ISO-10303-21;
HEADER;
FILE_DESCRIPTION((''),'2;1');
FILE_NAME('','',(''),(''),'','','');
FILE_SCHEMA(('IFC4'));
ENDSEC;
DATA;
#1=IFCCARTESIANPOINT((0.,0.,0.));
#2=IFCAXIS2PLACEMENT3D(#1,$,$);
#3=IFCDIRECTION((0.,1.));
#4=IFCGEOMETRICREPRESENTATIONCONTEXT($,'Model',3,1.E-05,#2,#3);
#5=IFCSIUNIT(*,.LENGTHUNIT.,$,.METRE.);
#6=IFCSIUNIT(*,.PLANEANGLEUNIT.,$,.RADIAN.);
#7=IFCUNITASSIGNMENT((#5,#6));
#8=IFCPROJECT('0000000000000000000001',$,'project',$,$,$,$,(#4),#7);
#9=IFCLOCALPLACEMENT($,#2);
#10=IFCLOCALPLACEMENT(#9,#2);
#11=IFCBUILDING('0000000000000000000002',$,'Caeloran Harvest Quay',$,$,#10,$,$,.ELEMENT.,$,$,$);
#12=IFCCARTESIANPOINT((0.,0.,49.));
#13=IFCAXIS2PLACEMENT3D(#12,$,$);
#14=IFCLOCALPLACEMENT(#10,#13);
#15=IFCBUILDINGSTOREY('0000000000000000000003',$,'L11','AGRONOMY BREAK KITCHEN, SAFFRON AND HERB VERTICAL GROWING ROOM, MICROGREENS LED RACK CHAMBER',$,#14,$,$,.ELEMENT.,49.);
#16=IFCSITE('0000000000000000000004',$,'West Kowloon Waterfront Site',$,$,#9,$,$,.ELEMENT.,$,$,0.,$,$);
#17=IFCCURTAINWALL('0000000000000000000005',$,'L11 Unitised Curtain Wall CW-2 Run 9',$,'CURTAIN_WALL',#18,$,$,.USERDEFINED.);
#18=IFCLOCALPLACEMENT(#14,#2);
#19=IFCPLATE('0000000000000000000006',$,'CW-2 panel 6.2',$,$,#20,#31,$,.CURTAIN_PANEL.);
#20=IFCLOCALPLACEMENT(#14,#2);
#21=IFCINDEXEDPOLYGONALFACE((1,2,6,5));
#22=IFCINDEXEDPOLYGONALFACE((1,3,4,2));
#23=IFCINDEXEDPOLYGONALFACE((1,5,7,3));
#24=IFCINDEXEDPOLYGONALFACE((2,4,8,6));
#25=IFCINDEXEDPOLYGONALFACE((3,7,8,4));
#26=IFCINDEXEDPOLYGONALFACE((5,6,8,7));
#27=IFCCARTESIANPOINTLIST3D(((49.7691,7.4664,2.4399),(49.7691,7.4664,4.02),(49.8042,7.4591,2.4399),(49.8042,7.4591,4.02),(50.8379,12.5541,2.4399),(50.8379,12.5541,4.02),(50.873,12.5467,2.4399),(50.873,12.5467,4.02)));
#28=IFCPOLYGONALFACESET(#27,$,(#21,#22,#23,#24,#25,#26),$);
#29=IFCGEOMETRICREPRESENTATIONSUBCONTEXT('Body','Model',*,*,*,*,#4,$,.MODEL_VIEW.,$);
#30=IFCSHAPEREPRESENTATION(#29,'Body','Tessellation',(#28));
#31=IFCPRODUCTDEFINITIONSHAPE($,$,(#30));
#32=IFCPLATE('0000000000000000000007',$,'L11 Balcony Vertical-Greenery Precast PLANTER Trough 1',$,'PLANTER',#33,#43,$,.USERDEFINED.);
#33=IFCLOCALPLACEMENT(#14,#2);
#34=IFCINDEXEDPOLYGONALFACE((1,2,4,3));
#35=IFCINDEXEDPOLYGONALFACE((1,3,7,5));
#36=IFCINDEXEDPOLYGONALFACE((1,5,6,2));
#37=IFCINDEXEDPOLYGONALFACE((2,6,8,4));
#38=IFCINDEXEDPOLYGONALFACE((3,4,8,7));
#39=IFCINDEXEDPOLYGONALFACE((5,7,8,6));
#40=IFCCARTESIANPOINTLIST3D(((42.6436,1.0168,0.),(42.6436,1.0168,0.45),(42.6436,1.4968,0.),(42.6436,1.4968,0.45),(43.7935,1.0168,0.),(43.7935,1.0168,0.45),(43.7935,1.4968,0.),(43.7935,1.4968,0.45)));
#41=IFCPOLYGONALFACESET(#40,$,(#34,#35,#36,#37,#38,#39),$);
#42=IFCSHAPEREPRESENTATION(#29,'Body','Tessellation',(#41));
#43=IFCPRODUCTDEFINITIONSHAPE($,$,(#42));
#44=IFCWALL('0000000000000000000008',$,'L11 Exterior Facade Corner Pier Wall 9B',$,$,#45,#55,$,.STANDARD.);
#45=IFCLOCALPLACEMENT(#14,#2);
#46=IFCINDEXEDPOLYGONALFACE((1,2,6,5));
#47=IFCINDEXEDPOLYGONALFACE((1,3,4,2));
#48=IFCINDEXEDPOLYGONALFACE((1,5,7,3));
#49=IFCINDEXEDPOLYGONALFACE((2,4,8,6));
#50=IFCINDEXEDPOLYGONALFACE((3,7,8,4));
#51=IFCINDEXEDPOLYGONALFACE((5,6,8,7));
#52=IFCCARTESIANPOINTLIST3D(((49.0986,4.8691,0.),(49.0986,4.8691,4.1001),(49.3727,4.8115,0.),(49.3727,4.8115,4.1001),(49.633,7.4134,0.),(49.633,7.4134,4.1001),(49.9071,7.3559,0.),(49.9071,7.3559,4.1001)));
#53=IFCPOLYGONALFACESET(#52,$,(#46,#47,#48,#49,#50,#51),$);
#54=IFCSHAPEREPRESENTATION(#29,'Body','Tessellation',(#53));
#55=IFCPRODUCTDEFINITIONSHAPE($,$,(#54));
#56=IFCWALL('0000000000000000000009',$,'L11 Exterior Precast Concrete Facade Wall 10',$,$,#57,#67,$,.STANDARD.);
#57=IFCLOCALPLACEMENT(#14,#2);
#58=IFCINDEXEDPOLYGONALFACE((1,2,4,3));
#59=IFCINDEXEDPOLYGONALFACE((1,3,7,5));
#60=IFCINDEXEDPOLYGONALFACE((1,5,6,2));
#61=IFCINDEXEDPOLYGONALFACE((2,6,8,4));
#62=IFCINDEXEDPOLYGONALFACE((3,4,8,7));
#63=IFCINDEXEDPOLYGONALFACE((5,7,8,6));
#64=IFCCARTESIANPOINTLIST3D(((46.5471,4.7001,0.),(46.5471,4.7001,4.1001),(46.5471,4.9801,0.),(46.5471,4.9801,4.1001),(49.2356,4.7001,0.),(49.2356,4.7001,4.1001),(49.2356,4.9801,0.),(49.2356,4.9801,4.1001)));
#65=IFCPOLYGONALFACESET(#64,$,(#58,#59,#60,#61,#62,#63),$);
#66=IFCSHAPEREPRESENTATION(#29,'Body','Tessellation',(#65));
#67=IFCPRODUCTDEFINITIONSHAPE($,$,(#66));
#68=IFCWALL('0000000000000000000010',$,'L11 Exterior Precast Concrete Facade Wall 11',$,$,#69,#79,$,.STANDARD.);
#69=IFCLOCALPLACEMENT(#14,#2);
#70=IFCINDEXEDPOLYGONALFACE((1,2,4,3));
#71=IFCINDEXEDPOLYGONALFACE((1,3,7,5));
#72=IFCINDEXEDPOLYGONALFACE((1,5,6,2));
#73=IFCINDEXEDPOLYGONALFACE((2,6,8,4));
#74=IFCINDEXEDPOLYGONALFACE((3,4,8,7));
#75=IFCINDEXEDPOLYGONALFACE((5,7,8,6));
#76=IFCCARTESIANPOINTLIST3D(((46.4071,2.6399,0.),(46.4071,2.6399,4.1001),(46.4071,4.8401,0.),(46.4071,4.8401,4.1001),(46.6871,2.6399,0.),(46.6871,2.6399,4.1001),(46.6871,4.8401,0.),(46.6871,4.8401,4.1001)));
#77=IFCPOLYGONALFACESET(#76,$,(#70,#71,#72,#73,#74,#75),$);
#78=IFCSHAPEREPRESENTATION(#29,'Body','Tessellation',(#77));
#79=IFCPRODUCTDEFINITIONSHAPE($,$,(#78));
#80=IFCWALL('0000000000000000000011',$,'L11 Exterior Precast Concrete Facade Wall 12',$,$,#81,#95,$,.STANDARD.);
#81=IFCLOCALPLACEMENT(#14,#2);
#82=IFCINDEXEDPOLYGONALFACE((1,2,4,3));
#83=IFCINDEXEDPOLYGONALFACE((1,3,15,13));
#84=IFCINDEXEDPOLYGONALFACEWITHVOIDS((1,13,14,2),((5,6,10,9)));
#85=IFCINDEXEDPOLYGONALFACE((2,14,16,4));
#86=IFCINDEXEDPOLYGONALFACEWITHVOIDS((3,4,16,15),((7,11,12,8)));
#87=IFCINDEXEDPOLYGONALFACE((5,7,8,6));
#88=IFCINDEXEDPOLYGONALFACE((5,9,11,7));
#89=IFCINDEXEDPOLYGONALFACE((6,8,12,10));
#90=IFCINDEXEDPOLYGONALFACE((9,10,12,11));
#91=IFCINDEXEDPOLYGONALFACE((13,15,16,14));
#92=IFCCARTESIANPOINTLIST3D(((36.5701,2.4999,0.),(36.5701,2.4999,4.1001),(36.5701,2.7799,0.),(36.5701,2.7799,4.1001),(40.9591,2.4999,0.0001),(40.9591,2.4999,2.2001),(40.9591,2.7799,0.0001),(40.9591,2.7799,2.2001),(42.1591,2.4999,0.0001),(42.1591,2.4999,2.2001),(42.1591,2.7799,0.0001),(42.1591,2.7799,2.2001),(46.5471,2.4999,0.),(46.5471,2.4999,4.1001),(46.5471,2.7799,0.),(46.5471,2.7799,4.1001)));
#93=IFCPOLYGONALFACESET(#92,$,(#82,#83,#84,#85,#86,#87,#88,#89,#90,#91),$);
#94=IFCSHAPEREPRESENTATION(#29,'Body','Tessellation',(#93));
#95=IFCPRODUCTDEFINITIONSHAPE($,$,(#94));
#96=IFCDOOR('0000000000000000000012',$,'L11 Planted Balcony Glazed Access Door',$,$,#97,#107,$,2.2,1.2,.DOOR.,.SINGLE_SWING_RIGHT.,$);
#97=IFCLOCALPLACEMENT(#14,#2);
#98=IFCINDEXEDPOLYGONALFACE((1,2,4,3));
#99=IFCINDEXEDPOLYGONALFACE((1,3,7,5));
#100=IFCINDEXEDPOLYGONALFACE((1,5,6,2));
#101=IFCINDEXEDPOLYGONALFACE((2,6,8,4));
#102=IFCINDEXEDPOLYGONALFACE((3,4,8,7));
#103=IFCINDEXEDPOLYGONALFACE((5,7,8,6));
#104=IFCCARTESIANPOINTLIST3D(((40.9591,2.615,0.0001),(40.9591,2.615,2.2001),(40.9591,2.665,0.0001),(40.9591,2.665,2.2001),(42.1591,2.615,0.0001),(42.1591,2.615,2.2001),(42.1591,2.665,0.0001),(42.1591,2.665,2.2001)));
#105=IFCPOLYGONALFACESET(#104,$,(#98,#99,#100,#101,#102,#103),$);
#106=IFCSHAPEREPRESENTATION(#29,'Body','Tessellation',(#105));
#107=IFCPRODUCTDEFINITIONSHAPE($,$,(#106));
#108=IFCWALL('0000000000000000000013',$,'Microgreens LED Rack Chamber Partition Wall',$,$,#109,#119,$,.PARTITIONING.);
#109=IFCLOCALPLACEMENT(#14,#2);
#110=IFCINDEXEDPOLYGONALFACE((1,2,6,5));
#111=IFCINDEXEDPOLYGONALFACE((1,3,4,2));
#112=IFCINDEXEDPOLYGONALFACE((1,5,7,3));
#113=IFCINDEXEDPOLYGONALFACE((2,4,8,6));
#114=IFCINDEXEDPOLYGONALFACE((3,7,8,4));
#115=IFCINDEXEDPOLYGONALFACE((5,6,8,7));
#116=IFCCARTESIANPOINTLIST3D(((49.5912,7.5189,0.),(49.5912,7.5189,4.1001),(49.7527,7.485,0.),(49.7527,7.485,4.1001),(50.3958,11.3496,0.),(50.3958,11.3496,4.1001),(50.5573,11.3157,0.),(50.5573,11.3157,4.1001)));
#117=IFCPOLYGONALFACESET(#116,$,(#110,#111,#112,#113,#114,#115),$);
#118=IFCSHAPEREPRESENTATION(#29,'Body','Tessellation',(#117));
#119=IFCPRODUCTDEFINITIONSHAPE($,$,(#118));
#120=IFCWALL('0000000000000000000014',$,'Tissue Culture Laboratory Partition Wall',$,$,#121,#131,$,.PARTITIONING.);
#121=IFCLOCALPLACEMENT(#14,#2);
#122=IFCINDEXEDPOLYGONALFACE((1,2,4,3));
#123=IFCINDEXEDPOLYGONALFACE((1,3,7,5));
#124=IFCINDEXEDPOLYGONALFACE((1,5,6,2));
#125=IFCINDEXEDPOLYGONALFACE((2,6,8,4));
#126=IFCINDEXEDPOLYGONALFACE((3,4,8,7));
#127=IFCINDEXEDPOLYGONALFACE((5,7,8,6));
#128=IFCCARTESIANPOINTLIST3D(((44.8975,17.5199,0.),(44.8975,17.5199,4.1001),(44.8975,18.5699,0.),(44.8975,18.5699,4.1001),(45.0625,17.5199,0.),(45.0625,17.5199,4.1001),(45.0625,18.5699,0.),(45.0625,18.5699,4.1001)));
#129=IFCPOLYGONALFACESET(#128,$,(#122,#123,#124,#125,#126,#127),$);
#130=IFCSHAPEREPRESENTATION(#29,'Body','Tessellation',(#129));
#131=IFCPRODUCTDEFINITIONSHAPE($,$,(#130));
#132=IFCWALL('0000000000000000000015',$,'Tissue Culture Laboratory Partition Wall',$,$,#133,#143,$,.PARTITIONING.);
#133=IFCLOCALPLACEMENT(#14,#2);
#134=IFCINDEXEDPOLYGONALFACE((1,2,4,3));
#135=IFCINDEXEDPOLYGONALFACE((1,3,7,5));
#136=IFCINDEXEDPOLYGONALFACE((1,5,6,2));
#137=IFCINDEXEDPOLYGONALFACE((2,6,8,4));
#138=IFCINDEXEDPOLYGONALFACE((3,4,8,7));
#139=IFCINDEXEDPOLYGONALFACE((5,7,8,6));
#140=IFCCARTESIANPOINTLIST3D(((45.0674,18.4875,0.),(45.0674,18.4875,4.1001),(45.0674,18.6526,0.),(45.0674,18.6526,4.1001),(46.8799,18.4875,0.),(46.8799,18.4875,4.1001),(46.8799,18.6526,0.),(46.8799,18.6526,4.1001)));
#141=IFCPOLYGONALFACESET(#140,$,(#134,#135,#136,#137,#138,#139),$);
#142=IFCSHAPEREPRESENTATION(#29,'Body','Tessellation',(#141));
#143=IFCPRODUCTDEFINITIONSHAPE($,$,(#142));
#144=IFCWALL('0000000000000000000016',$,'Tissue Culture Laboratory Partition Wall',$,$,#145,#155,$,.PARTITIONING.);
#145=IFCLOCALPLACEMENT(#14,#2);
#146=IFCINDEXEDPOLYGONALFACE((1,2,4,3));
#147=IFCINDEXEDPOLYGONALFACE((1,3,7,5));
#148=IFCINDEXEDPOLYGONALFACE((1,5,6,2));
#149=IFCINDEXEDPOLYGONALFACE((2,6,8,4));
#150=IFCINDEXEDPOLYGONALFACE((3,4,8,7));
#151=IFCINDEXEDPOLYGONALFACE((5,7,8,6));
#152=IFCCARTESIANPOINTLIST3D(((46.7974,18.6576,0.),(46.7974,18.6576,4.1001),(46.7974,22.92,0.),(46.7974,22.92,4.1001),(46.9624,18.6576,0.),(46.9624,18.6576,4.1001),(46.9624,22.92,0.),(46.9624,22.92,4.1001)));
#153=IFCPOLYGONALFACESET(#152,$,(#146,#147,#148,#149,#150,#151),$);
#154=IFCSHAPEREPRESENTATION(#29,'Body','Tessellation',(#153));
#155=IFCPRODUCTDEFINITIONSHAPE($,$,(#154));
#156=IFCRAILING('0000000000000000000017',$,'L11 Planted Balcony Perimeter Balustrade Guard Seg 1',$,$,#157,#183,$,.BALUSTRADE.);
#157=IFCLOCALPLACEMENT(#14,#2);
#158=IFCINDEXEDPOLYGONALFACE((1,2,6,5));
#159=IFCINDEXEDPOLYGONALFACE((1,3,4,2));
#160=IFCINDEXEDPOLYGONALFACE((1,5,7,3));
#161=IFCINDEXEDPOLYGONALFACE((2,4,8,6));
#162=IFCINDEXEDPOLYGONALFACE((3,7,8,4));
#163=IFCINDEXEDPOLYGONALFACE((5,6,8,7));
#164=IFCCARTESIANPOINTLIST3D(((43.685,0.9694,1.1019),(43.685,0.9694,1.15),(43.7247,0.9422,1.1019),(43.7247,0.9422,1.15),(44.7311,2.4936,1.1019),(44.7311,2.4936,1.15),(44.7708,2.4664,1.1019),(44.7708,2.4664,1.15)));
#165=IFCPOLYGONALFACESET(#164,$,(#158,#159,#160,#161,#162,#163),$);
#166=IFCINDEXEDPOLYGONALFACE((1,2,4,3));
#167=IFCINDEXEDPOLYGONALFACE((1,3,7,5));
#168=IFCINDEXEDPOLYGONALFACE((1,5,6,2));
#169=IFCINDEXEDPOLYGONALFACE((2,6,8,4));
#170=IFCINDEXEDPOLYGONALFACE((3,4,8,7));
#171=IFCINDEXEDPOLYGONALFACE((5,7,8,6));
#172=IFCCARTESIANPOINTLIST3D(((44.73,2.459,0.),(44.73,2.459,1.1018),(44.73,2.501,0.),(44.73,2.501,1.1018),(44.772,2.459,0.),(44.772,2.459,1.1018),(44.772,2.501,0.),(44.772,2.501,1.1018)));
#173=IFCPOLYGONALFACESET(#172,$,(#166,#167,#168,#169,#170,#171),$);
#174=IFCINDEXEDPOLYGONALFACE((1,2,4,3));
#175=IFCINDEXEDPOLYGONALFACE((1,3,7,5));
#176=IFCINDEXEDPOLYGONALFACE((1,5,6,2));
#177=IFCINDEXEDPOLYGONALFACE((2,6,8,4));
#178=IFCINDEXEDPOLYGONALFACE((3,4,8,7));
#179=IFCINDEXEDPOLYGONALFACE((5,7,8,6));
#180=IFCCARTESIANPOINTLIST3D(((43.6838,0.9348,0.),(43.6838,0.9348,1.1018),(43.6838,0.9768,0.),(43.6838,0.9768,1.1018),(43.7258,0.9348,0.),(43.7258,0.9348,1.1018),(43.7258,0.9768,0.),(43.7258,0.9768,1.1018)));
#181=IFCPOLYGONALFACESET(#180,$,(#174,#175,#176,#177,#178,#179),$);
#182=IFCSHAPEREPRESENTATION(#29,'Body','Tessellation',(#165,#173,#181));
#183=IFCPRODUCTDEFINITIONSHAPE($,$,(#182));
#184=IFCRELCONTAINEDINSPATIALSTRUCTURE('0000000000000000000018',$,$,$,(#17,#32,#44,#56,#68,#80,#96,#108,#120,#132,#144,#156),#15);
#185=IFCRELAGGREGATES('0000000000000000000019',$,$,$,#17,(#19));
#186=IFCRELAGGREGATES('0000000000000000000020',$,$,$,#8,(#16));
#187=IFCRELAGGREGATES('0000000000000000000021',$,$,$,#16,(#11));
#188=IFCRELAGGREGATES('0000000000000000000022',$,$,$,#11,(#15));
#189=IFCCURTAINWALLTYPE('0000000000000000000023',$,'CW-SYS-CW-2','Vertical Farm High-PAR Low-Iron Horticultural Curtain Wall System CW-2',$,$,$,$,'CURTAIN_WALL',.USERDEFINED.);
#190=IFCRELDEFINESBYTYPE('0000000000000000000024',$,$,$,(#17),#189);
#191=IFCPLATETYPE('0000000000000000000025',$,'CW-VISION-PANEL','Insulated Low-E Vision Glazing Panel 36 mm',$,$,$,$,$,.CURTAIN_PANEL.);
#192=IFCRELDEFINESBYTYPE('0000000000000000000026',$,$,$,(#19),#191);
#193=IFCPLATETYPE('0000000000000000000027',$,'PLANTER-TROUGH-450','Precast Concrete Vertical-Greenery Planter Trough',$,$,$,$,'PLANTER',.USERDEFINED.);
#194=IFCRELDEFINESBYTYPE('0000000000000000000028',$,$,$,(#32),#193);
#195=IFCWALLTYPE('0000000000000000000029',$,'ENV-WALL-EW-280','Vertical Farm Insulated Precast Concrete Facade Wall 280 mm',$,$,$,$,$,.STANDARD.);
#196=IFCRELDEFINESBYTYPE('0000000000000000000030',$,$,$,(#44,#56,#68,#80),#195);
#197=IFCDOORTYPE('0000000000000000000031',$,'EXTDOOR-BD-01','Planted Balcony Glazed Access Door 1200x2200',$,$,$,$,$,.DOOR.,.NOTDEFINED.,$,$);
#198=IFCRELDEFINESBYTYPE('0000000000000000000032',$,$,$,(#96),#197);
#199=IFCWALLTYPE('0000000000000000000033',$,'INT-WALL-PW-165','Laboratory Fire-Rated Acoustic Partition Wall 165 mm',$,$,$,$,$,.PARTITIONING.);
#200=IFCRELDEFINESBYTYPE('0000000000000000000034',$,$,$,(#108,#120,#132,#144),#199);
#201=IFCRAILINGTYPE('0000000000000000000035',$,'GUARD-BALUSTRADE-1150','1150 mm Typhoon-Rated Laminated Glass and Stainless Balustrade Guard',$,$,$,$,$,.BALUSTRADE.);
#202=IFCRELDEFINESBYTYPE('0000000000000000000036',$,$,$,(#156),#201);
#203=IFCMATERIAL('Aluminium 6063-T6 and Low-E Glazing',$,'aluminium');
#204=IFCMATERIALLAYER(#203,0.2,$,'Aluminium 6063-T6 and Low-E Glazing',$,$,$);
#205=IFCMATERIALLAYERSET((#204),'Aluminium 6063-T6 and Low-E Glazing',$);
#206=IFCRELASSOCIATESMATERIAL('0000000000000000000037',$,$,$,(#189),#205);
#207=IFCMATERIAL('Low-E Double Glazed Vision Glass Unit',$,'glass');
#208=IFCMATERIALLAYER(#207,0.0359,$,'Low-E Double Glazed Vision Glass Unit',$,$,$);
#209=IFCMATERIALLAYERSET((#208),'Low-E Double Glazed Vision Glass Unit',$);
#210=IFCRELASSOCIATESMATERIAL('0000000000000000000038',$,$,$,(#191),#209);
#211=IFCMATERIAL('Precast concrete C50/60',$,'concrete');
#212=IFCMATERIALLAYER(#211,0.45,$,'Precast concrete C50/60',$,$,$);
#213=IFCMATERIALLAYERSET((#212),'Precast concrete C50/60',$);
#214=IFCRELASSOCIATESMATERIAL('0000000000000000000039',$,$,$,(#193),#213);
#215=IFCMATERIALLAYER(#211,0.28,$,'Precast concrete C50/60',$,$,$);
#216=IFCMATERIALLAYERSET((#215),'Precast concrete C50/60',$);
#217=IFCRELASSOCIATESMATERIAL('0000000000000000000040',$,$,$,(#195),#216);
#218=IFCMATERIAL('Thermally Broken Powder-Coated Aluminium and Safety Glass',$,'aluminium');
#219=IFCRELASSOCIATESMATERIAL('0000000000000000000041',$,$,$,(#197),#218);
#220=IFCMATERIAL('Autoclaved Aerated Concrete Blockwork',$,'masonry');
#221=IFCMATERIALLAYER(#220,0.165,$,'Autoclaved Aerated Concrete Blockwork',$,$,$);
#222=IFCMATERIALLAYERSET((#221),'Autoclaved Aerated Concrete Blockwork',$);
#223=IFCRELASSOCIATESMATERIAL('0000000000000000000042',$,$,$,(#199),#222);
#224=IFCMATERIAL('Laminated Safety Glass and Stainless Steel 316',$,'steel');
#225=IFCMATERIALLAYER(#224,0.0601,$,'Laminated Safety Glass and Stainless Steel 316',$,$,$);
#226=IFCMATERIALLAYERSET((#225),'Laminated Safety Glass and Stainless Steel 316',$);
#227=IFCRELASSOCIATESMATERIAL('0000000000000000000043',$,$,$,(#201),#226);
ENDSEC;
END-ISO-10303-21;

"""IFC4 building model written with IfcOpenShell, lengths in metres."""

from ifc_helpers import new_model, si_unit, direction, frame, frame_2d, origin, origin_2d, place, context, subcontext, project, spatial, rectangle, extrude, material, layer, layer_set, type_object, element, fill, aggregate, save


model = new_model("IFC4")

# Units and contexts
model_context = context("Model", 3, precision=1e-05, world=origin(), true_north=direction((0.0, 1.0)))
body_context = subcontext(model_context, "Body", "Model", "MODEL_VIEW")
ifc_project = project(units=[si_unit("LENGTHUNIT", "METRE"), si_unit("PLANEANGLEUNIT", "RADIAN")], contexts=[model_context])

# Site, building, storey
site_placement = place(None, origin())
site = spatial("IfcSite", under=ifc_project, at=site_placement, Name="West Kowloon Waterfront Site", CompositionType="ELEMENT", RefElevation=0.0)
building_placement = place(site_placement, origin())
building = spatial("IfcBuilding", under=site, at=building_placement, Name="Caeloran Harvest Quay", CompositionType="ELEMENT")
storey_placement = place(building_placement, frame((0.0, 0.0, 49.0)))
storey = spatial("IfcBuildingStorey", under=building, at=storey_placement, Name="L11", Description="AGRONOMY BREAK KITCHEN, SAFFRON AND HERB VERTICAL GROWING ROOM, MICROGREENS LED RACK CHAMBER", CompositionType="ELEMENT", Elevation=49.0)

# Curtain wall, plate
ifc_material_1 = material(Name="Aluminium 6063-T6 and Low-E Glazing", Category="aluminium")
ifc_layer_1 = layer(ifc_material_1, 0.2, Name="Aluminium 6063-T6 and Low-E Glazing")
ifc_layer_set_1 = layer_set([ifc_layer_1], Name="Aluminium 6063-T6 and Low-E Glazing")
curtain_wall_type = type_object("IfcCurtainWallType", Name="CW-SYS-CW-2", Description="Vertical Farm High-PAR Low-Iron Horticultural Curtain Wall System CW-2", ElementType="CURTAIN_WALL", PredefinedType="USERDEFINED", material=ifc_layer_set_1)
curtain_wall_placement = place(storey_placement, origin())
curtain_wall = element("IfcCurtainWall", 1, at=curtain_wall_placement, inside=storey, type_object=curtain_wall_type, Name="L11 Unitised Curtain Wall CW-2 Run 9", ObjectType="CURTAIN_WALL", PredefinedType="USERDEFINED")
ifc_material_2 = material(Name="Low-E Double Glazed Vision Glass Unit", Category="glass")
ifc_layer_2 = layer(ifc_material_2, 0.0359, Name="Low-E Double Glazed Vision Glass Unit")
ifc_layer_set_2 = layer_set([ifc_layer_2], Name="Low-E Double Glazed Vision Glass Unit")
plate_type_1 = type_object("IfcPlateType", Name="CW-VISION-PANEL", Description="Insulated Low-E Vision Glazing Panel 36 mm", PredefinedType="CURTAIN_PANEL", material=ifc_layer_set_2)
plate_1_placement = place(storey_placement, frame((50.321, 10.0066, 2.4399), z_axis=(0.0, 0.0, 1.0), x_axis=(-0.205583, -0.97864, 0.0)))
plate_1 = element("IfcPlate", 2, at=plate_1_placement, type_object=plate_type_1, Name="CW-2 panel 6.2", PredefinedType="CURTAIN_PANEL", context=body_context, shape_type="SweptSolid", body=[
    extrude(rectangle(XDim=5.1987, YDim=0.0359, at=origin_2d()), origin(), (0.0, 0.0, 1.0), 1.5801),
])
aggregate(curtain_wall, [plate_1])

# Plate
ifc_material_3 = material(Name="Precast concrete C50/60", Category="concrete")
ifc_layer_3 = layer(ifc_material_3, 0.45, Name="Precast concrete C50/60")
ifc_layer_set_3 = layer_set([ifc_layer_3], Name="Precast concrete C50/60")
plate_type_2 = type_object("IfcPlateType", Name="PLANTER-TROUGH-450", Description="Precast Concrete Vertical-Greenery Planter Trough", ElementType="PLANTER", PredefinedType="USERDEFINED", material=ifc_layer_set_3)
plate_2_placement = place(storey_placement, frame((43.2185, 1.2568, 0.0), z_axis=(0.0, 0.0, 1.0), x_axis=(1.0, 0.0, 0.0)))
element("IfcPlate", 3, at=plate_2_placement, inside=storey, type_object=plate_type_2, Name="L11 Balcony Vertical-Greenery Precast PLANTER Trough 1", ObjectType="PLANTER", PredefinedType="USERDEFINED", context=body_context, shape_type="SweptSolid", body=[
    extrude(rectangle(XDim=1.1499, YDim=0.48, at=origin_2d()), origin(), (0.0, 0.0, 1.0), 0.45),
])

# Walls
ifc_layer_4 = layer(ifc_material_3, 0.28, Name="Precast concrete C50/60")
ifc_layer_set_4 = layer_set([ifc_layer_4], Name="Precast concrete C50/60")
wall_type_1 = type_object("IfcWallType", Name="ENV-WALL-EW-280", Description="Vertical Farm Insulated Precast Concrete Facade Wall 280 mm", PredefinedType="STANDARD", material=ifc_layer_set_4)
wall_1_placement = place(storey_placement, frame((49.77, 7.3845, 0.0), z_axis=(0.0, 0.0, 1.0), x_axis=(-0.205551, -0.978646, 0.0)))
element("IfcWall", 4, at=wall_1_placement, inside=storey, type_object=wall_type_1, Name="L11 Exterior Facade Corner Pier Wall 9B", PredefinedType="STANDARD", context=body_context, shape_type="SweptSolid", body=[
    extrude(rectangle(XDim=2.5999, YDim=0.28, at=frame_2d((1.2998, 0.0))), origin(), (0.0, 0.0, 1.0), 4.1001),
])
wall_2_placement = place(storey_placement, frame((49.2356, 4.8401, 0.0), z_axis=(0.0, 0.0, 1.0), x_axis=(-1.0, 0.0, 0.0)))
element("IfcWall", 5, at=wall_2_placement, inside=storey, type_object=wall_type_1, Name="L11 Exterior Precast Concrete Facade Wall 10", PredefinedType="STANDARD", context=body_context, shape_type="SweptSolid", body=[
    extrude(rectangle(XDim=2.6885, YDim=0.28, at=frame_2d((1.3442, 0.0))), origin(), (0.0, 0.0, 1.0), 4.1001),
])
wall_3_placement = place(storey_placement, frame((46.5471, 4.8401, 0.0), z_axis=(0.0, 0.0, 1.0), x_axis=(0.0, -1.0, 0.0)))
element("IfcWall", 6, at=wall_3_placement, inside=storey, type_object=wall_type_1, Name="L11 Exterior Precast Concrete Facade Wall 11", PredefinedType="STANDARD", context=body_context, shape_type="SweptSolid", body=[
    extrude(rectangle(XDim=2.2002, YDim=0.28, at=frame_2d((1.1001, 0.0))), origin(), (0.0, 0.0, 1.0), 4.1001),
])

# Wall, opening, door
wall_4_placement = place(storey_placement, frame((46.5471, 2.6399, 0.0), z_axis=(0.0, 0.0, 1.0), x_axis=(-1.0, 0.0, 0.0)))
wall_4 = element("IfcWall", 7, at=wall_4_placement, inside=storey, type_object=wall_type_1, Name="L11 Exterior Precast Concrete Facade Wall 12", PredefinedType="STANDARD", context=body_context, shape_type="SweptSolid", body=[
    extrude(rectangle(XDim=9.9771, YDim=0.28, at=frame_2d((4.9885, 0.0))), origin(), (0.0, 0.0, 1.0), 4.1001),
])
opening_placement = place(wall_4_placement, frame((4.3879, 0.0, 0.0)))
opening = element("IfcOpeningElement", 8, at=opening_placement, cuts=wall_4, PredefinedType="OPENING", context=body_context, shape_type="SweptSolid", body=[
    extrude(rectangle(XDim=1.2, YDim=2.2, at=frame_2d((0.6001, 1.1001))), frame((0.0, 0.1499, 0.0), z_axis=(0.0, -1.0, 0.0), x_axis=(1.0, 0.0, 0.0)), (0.0, 0.0, 1.0), 0.3),
])
ifc_material_4 = material(Name="Thermally Broken Powder-Coated Aluminium and Safety Glass", Category="aluminium")
door_type = type_object("IfcDoorType", Name="EXTDOOR-BD-01", Description="Planted Balcony Glazed Access Door 1200x2200", OperationType="NOTDEFINED", PredefinedType="DOOR", material=ifc_material_4)
door_placement = place(opening_placement, origin())
door = element("IfcDoor", 9, at=door_placement, inside=storey, type_object=door_type, Name="L11 Planted Balcony Glazed Access Door", OperationType="SINGLE_SWING_RIGHT", OverallHeight=2.2, OverallWidth=1.2, PredefinedType="DOOR", context=body_context, shape_type="SweptSolid", body=[
    extrude(rectangle(XDim=1.2, YDim=2.2, at=frame_2d((0.6001, 1.1001))), frame((0.0, 0.0249, 0.0), z_axis=(0.0, -1.0, 0.0), x_axis=(1.0, 0.0, 0.0)), (0.0, 0.0, 1.0), 0.05),
])
fill(opening, door)

# Walls
ifc_material_5 = material(Name="Autoclaved Aerated Concrete Blockwork", Category="masonry")
ifc_layer_5 = layer(ifc_material_5, 0.165, Name="Autoclaved Aerated Concrete Blockwork")
ifc_layer_set_5 = layer_set([ifc_layer_5], Name="Autoclaved Aerated Concrete Blockwork")
wall_type_2 = type_object("IfcWallType", Name="INT-WALL-PW-165", Description="Laboratory Fire-Rated Acoustic Partition Wall 165 mm", PredefinedType="PARTITIONING", material=ifc_layer_set_5)
wall_5_placement = place(storey_placement, frame((50.4766, 11.3325, 0.0), z_axis=(0.0, 0.0, 1.0), x_axis=(-0.20557, -0.978642, 0.0)))
element("IfcWall", 10, at=wall_5_placement, inside=storey, type_object=wall_type_2, Name="Microgreens LED Rack Chamber Partition Wall", PredefinedType="PARTITIONING", context=body_context, shape_type="SweptSolid", body=[
    extrude(rectangle(XDim=3.9143, YDim=0.165, at=frame_2d((1.957, 0.0))), origin(), (0.0, 0.0, 1.0), 4.1001),
])
wall_6_placement = place(storey_placement, frame((44.98, 17.52, 0.0), z_axis=(0.0, 0.0, 1.0), x_axis=(0.0, 1.0, 0.0)))
element("IfcWall", 11, at=wall_6_placement, inside=storey, type_object=wall_type_2, Name="Tissue Culture Laboratory Partition Wall", PredefinedType="PARTITIONING", context=body_context, shape_type="SweptSolid", body=[
    extrude(rectangle(XDim=1.05, YDim=0.165, at=frame_2d((0.5249, 0.0))), origin(), (0.0, 0.0, 1.0), 4.1001),
])
wall_7_placement = place(storey_placement, frame((45.0674, 18.5701, 0.0), z_axis=(0.0, 0.0, 1.0), x_axis=(1.0, 0.0, 0.0)))
element("IfcWall", 12, at=wall_7_placement, inside=storey, type_object=wall_type_2, Name="Tissue Culture Laboratory Partition Wall", PredefinedType="PARTITIONING", context=body_context, shape_type="SweptSolid", body=[
    extrude(rectangle(XDim=1.8125, YDim=0.165, at=frame_2d((0.9062, 0.0))), origin(), (0.0, 0.0, 1.0), 4.1001),
])
wall_8_placement = place(storey_placement, frame((46.8799, 18.6575, 0.0), z_axis=(0.0, 0.0, 1.0), x_axis=(0.0, 1.0, 0.0)))
element("IfcWall", 13, at=wall_8_placement, inside=storey, type_object=wall_type_2, Name="Tissue Culture Laboratory Partition Wall", PredefinedType="PARTITIONING", context=body_context, shape_type="SweptSolid", body=[
    extrude(rectangle(XDim=4.2625, YDim=0.165, at=frame_2d((2.1313, 0.0))), origin(), (0.0, 0.0, 1.0), 4.1001),
])

# Railing
ifc_material_6 = material(Name="Laminated Safety Glass and Stainless Steel 316", Category="steel")
ifc_layer_6 = layer(ifc_material_6, 0.0601, Name="Laminated Safety Glass and Stainless Steel 316")
ifc_layer_set_6 = layer_set([ifc_layer_6], Name="Laminated Safety Glass and Stainless Steel 316")
railing_type = type_object("IfcRailingType", Name="GUARD-BALUSTRADE-1150", Description="1150 mm Typhoon-Rated Laminated Glass and Stainless Balustrade Guard", PredefinedType="BALUSTRADE", material=ifc_layer_set_6)
railing_1_placement = place(storey_placement, frame((44.751, 2.48, 0.0)))
element("IfcRailing", 14, at=railing_1_placement, inside=storey, type_object=railing_type, Name="L11 Planted Balcony Perimeter Balustrade Guard Seg 1", PredefinedType="BALUSTRADE", context=body_context, shape_type="SweptSolid", body=[
    extrude(rectangle(XDim=0.0481, YDim=0.0481, at=origin_2d()), frame((0.0, 0.0, 1.126), z_axis=(-0.565895, -0.824477, 0.0), x_axis=(0.824477, -0.565895, 0.0)), (0.0, 0.0, 1.0), 1.8486),
    extrude(rectangle(XDim=0.042, YDim=0.042, at=origin_2d()), origin(), (0.0, 0.0, 1.0), 1.1018),
    extrude(rectangle(XDim=0.042, YDim=0.042, at=origin_2d()), frame((-1.0461, -1.5242, 0.0)), (0.0, 0.0, 1.0), 1.1018),
])

save(model, "model.ifc")
